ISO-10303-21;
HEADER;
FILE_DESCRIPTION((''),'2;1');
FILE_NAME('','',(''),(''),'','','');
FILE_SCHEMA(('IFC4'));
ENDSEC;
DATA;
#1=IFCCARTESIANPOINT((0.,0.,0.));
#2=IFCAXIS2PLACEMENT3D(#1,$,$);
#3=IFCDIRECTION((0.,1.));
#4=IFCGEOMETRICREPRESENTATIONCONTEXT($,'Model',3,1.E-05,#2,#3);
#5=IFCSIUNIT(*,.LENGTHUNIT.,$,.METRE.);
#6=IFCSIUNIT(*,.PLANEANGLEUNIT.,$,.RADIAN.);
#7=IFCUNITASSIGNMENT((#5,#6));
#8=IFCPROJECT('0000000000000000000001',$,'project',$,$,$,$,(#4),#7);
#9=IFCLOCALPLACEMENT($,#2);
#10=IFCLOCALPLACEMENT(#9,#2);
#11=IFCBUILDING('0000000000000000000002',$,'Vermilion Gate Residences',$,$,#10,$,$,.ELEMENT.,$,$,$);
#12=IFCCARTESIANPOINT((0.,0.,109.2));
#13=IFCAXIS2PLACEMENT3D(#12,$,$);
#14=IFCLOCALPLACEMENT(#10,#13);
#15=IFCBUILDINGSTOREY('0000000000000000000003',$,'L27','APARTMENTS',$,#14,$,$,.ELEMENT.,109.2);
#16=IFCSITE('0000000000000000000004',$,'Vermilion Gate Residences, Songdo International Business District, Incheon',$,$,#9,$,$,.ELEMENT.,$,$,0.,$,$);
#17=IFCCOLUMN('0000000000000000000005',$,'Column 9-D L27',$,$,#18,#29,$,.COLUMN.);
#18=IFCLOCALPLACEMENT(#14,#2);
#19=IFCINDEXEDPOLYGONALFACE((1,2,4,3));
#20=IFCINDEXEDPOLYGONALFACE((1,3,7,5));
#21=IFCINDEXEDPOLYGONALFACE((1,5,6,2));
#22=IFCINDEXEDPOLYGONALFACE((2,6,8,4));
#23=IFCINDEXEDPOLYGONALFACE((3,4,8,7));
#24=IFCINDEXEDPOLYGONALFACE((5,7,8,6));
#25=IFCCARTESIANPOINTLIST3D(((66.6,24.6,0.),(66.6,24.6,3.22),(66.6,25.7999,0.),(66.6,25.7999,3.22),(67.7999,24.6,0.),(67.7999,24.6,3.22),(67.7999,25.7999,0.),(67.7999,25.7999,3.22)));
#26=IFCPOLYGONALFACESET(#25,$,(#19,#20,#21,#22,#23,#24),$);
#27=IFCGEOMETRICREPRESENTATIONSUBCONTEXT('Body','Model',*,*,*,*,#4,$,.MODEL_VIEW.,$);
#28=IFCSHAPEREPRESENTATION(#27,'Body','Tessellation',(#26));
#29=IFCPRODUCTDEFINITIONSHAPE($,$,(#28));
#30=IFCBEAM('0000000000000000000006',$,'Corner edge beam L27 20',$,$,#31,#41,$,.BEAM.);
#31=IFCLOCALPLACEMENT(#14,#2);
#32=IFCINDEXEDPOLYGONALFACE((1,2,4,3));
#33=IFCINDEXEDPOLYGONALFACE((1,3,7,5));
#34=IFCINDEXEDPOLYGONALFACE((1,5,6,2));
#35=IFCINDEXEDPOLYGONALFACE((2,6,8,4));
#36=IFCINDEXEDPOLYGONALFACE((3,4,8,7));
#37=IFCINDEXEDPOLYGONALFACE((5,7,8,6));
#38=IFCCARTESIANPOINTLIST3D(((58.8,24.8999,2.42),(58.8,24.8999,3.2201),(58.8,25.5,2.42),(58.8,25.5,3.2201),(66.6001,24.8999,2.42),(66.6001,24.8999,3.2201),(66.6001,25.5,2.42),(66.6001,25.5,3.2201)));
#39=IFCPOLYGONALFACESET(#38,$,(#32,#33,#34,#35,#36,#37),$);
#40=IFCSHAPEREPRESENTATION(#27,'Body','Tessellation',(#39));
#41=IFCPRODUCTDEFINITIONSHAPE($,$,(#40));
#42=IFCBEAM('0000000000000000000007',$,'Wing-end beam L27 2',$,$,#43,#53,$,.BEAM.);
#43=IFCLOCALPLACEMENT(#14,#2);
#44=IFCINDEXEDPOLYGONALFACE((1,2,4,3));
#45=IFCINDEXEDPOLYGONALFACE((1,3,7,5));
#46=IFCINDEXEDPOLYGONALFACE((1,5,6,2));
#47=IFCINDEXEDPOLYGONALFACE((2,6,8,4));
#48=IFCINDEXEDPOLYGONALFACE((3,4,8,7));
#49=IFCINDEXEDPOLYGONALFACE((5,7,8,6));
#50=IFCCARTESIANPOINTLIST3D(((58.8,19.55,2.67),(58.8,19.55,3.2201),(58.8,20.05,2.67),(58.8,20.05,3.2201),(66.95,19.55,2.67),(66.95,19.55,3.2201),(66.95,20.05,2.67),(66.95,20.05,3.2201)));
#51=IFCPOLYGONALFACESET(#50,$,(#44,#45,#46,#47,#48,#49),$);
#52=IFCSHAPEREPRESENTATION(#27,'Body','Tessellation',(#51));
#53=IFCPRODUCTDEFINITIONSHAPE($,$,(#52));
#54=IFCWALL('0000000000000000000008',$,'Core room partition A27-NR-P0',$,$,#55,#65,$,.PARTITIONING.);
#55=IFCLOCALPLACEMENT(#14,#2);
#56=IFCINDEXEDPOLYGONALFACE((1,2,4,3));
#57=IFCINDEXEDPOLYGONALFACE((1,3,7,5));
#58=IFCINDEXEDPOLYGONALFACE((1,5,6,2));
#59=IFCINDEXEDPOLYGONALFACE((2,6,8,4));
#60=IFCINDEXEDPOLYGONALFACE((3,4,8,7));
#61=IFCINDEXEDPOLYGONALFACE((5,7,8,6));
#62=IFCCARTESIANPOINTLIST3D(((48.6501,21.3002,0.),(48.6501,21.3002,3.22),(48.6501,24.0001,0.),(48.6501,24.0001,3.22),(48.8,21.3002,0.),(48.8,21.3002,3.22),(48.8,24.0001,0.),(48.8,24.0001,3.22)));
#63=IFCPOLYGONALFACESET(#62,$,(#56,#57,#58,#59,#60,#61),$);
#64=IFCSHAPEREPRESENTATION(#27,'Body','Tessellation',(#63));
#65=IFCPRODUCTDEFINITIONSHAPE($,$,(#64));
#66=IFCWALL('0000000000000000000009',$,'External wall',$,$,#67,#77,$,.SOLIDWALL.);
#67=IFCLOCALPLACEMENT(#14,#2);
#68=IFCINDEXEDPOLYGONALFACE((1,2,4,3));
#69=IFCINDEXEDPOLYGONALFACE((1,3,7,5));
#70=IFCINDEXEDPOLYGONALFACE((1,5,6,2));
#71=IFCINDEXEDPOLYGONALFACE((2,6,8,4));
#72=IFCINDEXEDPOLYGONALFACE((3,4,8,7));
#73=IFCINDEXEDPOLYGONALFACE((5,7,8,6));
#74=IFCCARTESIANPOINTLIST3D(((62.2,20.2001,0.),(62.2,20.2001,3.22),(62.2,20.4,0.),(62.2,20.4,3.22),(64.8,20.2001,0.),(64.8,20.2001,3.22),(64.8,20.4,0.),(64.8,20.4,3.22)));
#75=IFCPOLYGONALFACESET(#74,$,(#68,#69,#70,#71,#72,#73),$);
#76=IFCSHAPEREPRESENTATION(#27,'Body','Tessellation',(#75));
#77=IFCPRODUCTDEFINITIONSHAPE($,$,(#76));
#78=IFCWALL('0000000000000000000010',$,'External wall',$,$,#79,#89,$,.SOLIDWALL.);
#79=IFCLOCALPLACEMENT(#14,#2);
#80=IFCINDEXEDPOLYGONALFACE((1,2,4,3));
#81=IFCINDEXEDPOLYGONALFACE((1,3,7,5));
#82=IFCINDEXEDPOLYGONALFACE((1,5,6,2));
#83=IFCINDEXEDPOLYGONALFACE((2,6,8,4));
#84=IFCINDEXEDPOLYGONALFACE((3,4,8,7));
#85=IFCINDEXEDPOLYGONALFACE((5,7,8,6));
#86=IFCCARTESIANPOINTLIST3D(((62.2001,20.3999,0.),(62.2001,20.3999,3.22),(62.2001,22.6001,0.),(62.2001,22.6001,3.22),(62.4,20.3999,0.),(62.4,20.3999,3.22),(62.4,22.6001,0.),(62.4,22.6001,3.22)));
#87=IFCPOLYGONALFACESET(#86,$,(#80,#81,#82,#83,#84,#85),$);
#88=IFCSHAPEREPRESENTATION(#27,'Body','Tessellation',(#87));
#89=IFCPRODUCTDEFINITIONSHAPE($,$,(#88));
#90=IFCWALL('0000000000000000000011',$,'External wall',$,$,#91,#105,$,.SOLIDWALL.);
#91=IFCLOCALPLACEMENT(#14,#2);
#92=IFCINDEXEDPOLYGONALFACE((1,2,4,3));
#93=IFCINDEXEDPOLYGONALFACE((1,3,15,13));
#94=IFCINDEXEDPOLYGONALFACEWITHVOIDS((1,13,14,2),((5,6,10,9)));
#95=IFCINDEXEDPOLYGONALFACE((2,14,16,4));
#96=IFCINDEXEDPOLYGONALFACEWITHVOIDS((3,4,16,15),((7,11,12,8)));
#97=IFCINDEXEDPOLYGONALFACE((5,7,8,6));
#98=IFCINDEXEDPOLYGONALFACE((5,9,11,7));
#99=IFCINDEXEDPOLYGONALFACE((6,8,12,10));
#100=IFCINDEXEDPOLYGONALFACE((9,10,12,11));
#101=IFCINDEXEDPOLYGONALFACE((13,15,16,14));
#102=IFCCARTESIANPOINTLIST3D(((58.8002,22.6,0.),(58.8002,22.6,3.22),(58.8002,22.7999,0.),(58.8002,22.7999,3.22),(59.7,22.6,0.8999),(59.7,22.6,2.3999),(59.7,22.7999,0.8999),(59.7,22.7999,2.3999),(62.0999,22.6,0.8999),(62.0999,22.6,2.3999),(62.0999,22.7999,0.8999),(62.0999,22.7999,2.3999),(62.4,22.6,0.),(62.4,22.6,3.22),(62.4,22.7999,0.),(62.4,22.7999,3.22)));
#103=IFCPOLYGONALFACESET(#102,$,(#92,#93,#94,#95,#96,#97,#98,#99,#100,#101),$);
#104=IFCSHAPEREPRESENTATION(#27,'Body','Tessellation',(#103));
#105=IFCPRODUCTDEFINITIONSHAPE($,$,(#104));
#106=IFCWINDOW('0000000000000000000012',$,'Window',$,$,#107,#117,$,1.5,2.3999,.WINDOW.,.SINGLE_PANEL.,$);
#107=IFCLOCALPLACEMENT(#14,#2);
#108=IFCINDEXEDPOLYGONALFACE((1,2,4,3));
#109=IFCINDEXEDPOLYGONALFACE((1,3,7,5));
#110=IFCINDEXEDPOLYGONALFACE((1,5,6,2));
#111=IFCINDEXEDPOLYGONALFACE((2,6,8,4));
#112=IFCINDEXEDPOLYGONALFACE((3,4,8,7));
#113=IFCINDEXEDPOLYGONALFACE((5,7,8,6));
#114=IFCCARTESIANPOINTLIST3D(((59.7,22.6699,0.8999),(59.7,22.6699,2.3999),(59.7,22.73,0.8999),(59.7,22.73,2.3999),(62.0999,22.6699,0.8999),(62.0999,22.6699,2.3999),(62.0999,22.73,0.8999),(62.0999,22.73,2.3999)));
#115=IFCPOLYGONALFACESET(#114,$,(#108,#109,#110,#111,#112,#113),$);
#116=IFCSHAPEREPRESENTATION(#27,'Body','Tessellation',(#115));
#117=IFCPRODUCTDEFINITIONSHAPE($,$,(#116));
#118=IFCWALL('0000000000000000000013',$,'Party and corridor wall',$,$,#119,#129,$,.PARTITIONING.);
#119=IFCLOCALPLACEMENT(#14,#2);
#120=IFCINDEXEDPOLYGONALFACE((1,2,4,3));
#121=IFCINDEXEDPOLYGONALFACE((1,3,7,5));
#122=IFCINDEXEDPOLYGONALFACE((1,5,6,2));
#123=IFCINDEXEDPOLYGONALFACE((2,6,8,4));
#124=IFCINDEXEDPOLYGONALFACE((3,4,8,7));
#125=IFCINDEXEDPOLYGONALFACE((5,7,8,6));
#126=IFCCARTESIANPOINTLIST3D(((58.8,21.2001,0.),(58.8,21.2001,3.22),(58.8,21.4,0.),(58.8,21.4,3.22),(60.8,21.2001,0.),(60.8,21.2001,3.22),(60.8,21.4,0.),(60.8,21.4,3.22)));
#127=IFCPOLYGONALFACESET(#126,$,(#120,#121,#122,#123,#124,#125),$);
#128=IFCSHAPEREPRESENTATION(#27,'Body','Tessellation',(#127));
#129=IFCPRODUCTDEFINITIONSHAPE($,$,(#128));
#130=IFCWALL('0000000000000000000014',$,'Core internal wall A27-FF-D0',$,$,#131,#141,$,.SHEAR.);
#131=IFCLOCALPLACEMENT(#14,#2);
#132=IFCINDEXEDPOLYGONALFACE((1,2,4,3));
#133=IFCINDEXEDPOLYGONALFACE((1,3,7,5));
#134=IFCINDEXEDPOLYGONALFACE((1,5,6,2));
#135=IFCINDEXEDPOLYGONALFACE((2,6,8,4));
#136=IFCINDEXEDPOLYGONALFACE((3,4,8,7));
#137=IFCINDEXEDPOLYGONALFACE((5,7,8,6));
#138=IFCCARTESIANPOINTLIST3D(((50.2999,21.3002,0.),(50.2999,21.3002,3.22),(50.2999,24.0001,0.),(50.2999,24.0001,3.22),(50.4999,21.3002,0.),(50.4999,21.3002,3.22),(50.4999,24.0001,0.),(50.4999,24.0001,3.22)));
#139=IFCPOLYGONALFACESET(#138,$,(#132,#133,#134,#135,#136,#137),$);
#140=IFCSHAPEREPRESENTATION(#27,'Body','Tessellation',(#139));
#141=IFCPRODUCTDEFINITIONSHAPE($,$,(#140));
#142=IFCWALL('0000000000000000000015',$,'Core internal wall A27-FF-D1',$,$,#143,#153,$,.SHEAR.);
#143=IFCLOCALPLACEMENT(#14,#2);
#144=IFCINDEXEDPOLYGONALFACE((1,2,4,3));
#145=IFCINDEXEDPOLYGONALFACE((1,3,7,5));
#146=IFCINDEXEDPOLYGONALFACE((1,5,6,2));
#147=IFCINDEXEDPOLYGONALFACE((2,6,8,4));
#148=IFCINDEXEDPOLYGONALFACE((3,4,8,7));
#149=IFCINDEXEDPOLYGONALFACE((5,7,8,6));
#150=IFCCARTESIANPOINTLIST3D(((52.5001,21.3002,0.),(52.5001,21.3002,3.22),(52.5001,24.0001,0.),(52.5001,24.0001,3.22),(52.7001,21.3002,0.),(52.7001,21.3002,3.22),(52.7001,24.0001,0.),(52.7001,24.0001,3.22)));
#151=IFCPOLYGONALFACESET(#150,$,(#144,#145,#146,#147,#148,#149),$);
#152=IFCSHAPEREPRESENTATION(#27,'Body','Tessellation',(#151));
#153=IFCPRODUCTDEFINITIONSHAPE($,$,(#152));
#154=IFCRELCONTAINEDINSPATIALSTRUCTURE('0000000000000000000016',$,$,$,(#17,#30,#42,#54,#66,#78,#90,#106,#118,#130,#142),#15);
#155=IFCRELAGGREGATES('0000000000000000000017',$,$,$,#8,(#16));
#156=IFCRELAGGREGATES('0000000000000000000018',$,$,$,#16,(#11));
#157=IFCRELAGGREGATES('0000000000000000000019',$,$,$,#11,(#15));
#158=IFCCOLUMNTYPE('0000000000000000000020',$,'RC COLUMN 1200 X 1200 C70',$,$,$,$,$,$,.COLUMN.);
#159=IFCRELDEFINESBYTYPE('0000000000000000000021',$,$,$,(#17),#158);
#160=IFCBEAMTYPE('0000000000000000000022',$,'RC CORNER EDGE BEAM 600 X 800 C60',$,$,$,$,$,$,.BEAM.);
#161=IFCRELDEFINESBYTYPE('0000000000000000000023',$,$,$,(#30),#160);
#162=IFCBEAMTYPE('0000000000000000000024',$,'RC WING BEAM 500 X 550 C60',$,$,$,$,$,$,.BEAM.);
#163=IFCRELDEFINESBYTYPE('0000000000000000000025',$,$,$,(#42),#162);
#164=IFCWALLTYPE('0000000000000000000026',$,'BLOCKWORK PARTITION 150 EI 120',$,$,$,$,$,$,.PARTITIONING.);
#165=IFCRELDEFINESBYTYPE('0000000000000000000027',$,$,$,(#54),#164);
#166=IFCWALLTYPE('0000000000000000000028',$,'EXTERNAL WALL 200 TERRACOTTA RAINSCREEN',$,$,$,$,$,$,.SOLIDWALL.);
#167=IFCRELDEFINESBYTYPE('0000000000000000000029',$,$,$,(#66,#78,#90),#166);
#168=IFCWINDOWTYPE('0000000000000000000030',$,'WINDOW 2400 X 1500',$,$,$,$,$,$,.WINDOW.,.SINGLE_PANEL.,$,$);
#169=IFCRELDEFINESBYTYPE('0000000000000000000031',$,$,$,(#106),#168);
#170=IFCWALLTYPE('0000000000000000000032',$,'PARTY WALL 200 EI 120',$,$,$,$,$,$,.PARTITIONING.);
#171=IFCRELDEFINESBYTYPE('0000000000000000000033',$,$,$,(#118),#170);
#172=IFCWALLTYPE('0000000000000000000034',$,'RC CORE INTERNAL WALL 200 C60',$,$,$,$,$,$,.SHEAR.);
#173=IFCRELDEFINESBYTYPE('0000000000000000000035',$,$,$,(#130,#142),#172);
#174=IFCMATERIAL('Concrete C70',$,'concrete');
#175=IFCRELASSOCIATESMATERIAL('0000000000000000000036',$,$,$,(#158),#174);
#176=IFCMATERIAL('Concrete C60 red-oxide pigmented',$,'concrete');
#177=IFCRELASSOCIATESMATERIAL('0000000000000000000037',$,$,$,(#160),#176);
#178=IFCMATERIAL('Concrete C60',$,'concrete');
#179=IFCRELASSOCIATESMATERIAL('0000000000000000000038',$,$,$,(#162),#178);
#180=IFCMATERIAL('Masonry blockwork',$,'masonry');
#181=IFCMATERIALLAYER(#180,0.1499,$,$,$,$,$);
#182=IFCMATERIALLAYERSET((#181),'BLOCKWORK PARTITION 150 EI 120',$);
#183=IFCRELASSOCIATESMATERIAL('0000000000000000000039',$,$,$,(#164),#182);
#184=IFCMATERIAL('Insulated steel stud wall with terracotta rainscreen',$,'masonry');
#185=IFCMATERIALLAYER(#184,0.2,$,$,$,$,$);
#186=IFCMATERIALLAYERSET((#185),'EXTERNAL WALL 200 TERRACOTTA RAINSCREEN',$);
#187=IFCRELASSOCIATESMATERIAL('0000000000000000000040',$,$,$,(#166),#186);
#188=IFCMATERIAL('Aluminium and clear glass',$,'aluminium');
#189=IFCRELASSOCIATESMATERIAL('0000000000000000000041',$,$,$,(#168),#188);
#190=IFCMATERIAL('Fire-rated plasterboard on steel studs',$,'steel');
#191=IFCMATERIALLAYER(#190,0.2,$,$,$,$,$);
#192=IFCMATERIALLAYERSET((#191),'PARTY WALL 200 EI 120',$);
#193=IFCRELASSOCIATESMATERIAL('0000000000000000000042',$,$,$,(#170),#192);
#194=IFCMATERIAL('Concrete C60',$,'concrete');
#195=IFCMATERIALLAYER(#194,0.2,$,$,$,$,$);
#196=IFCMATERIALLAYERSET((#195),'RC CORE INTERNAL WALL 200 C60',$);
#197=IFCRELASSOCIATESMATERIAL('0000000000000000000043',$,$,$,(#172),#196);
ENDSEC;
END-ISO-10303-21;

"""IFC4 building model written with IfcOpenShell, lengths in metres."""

from ifc_helpers import new_model, si_unit, direction, frame, frame_2d, origin, origin_2d, place, context, subcontext, project, spatial, rectangle, extrude, material, layer, layer_set, material_profile, profile_set, type_object, element, fill, save


model = new_model("IFC4")

# Units and contexts
model_context = context("Model", 3, precision=1e-05, world=origin(), true_north=direction((0.0, 1.0)))
body_context = subcontext(model_context, "Body", "Model", "MODEL_VIEW")
ifc_project = project(units=[si_unit("LENGTHUNIT", "METRE"), si_unit("PLANEANGLEUNIT", "RADIAN")], contexts=[model_context])

# Site, building, storey
site_placement = place(None, origin())
site = spatial("IfcSite", under=ifc_project, at=site_placement, Name="Vermilion Gate Residences, Songdo International Business District, Incheon", CompositionType="ELEMENT", RefElevation=0.0)
building_placement = place(site_placement, origin())
building = spatial("IfcBuilding", under=site, at=building_placement, Name="Vermilion Gate Residences", CompositionType="ELEMENT")
storey_placement = place(building_placement, frame((0.0, 0.0, 109.2)))
storey = spatial("IfcBuildingStorey", under=building, at=storey_placement, Name="L27", Description="APARTMENTS", CompositionType="ELEMENT", Elevation=109.2)

# Column
ifc_material_1 = material(Name="Concrete C70", Category="concrete")
ifc_material_profile_1 = material_profile(ifc_material_1, rectangle(XDim=1.2, YDim=1.2, at=origin_2d()), Name="RC-1200x1200")
ifc_profile_set_1 = profile_set([ifc_material_profile_1], Name="Concrete C70")
column_type = type_object("IfcColumnType", Name="RC COLUMN 1200 X 1200 C70", PredefinedType="COLUMN", material=ifc_profile_set_1)
column_placement = place(storey_placement, frame((67.2, 25.2, 0.0), z_axis=(0.0, 0.0, 1.0), x_axis=(1.0, 0.0, 0.0)))
element("IfcColumn", 1, at=column_placement, inside=storey, type_object=column_type, Name="Column 9-D L27", PredefinedType="COLUMN", context=body_context, shape_type="SweptSolid", body=[
    extrude(rectangle(XDim=1.2, YDim=1.2, at=origin_2d()), origin(), (0.0, 0.0, 1.0), 3.22),
])

# Beams
ifc_material_2 = material(Name="Concrete C60 red-oxide pigmented", Category="concrete")
ifc_material_profile_2 = material_profile(ifc_material_2, rectangle(XDim=0.6001, YDim=0.8, at=origin_2d()), Name="RC-600x800")
ifc_profile_set_2 = profile_set([ifc_material_profile_2], Name="Concrete C60 red-oxide pigmented")
beam_type_1 = type_object("IfcBeamType", Name="RC CORNER EDGE BEAM 600 X 800 C60", PredefinedType="BEAM", material=ifc_profile_set_2)
beam_1_placement = place(storey_placement, frame((58.8, 25.2, 2.8201), z_axis=(1.0, 0.0, 0.0), x_axis=(0.0, 1.0, 0.0)))
element("IfcBeam", 2, at=beam_1_placement, inside=storey, type_object=beam_type_1, Name="Corner edge beam L27 20", PredefinedType="BEAM", context=body_context, shape_type="SweptSolid", body=[
    extrude(rectangle(XDim=0.6001, YDim=0.8, at=origin_2d()), origin(), (0.0, 0.0, 1.0), 7.8),
])
ifc_material_3 = material(Name="Concrete C60", Category="concrete")
ifc_material_profile_3 = material_profile(ifc_material_3, rectangle(XDim=0.5, YDim=0.55, at=origin_2d()), Name="RC-500x550")
ifc_profile_set_3 = profile_set([ifc_material_profile_3], Name="Concrete C60")
beam_type_2 = type_object("IfcBeamType", Name="RC WING BEAM 500 X 550 C60", PredefinedType="BEAM", material=ifc_profile_set_3)
beam_2_placement = place(storey_placement, frame((58.8, 19.8, 2.9451), z_axis=(1.0, 0.0, 0.0), x_axis=(0.0, 1.0, 0.0)))
element("IfcBeam", 3, at=beam_2_placement, inside=storey, type_object=beam_type_2, Name="Wing-end beam L27 2", PredefinedType="BEAM", context=body_context, shape_type="SweptSolid", body=[
    extrude(rectangle(XDim=0.5, YDim=0.55, at=origin_2d()), origin(), (0.0, 0.0, 1.0), 8.1499),
])

# Walls
ifc_material_4 = material(Name="Masonry blockwork", Category="masonry")
ifc_layer_1 = layer(ifc_material_4, 0.1499)
ifc_layer_set_1 = layer_set([ifc_layer_1], Name="BLOCKWORK PARTITION 150 EI 120")
wall_type_1 = type_object("IfcWallType", Name="BLOCKWORK PARTITION 150 EI 120", PredefinedType="PARTITIONING", material=ifc_layer_set_1)
wall_1_placement = place(storey_placement, frame((48.7251, 21.3, 0.0), z_axis=(0.0, 0.0, 1.0), x_axis=(0.0, 1.0, 0.0)))
element("IfcWall", 4, at=wall_1_placement, inside=storey, type_object=wall_type_1, Name="Core room partition A27-NR-P0", PredefinedType="PARTITIONING", context=body_context, shape_type="SweptSolid", body=[
    extrude(rectangle(XDim=2.7, YDim=0.1499, at=frame_2d((1.3501, 0.0))), origin(), (0.0, 0.0, 1.0), 3.22),
])
ifc_material_5 = material(Name="Insulated steel stud wall with terracotta rainscreen", Category="masonry")
ifc_layer_2 = layer(ifc_material_5, 0.2)
ifc_layer_set_2 = layer_set([ifc_layer_2], Name="EXTERNAL WALL 200 TERRACOTTA RAINSCREEN")
wall_type_2 = type_object("IfcWallType", Name="EXTERNAL WALL 200 TERRACOTTA RAINSCREEN", PredefinedType="SOLIDWALL", material=ifc_layer_set_2)
wall_2_placement = place(storey_placement, frame((64.8, 20.3, 0.0), z_axis=(0.0, 0.0, 1.0), x_axis=(-1.0, 0.0, 0.0)))
element("IfcWall", 5, at=wall_2_placement, inside=storey, type_object=wall_type_2, Name="External wall", PredefinedType="SOLIDWALL", context=body_context, shape_type="SweptSolid", body=[
    extrude(rectangle(XDim=2.6001, YDim=0.2, at=frame_2d((1.3, 0.0))), origin(), (0.0, 0.0, 1.0), 3.22),
])
wall_3_placement = place(storey_placement, frame((62.3, 20.3999, 0.0), z_axis=(0.0, 0.0, 1.0), x_axis=(0.0, 1.0, 0.0)))
element("IfcWall", 6, at=wall_3_placement, inside=storey, type_object=wall_type_2, Name="External wall", PredefinedType="SOLIDWALL", context=body_context, shape_type="SweptSolid", body=[
    extrude(rectangle(XDim=2.2002, YDim=0.2, at=frame_2d((1.1001, 0.0))), origin(), (0.0, 0.0, 1.0), 3.22),
])

# Wall, opening, window
wall_4_placement = place(storey_placement, frame((62.3999, 22.7, 0.0), z_axis=(0.0, 0.0, 1.0), x_axis=(-1.0, 0.0, 0.0)))
wall_4 = element("IfcWall", 7, at=wall_4_placement, inside=storey, type_object=wall_type_2, Name="External wall", PredefinedType="SOLIDWALL", context=body_context, shape_type="SweptSolid", body=[
    extrude(rectangle(XDim=3.5999, YDim=0.2, at=frame_2d((1.7998, 0.0))), origin(), (0.0, 0.0, 1.0), 3.22),
])
opening_1_placement = place(wall_4_placement, frame((0.3, 0.0, 0.8999)))
opening_1 = element("IfcOpeningElement", 8, at=opening_1_placement, cuts=wall_4, PredefinedType="OPENING", context=body_context, shape_type="SweptSolid", body=[
    extrude(rectangle(XDim=2.3999, YDim=1.5, at=frame_2d((1.2, 0.75))), frame((0.0, 0.1099, 0.0), z_axis=(0.0, -1.0, 0.0), x_axis=(1.0, 0.0, 0.0)), (0.0, 0.0, 1.0), 0.22),
])
ifc_material_6 = material(Name="Aluminium and clear glass", Category="aluminium")
window_type = type_object("IfcWindowType", Name="WINDOW 2400 X 1500", PartitioningType="SINGLE_PANEL", PredefinedType="WINDOW", material=ifc_material_6)
window_placement = place(opening_1_placement, origin())
window = element("IfcWindow", 9, at=window_placement, inside=storey, type_object=window_type, Name="Window", OverallHeight=1.5, OverallWidth=2.3999, PartitioningType="SINGLE_PANEL", PredefinedType="WINDOW", context=body_context, shape_type="SweptSolid", body=[
    extrude(rectangle(XDim=2.3999, YDim=1.5, at=frame_2d((1.2, 0.75))), frame((0.0, 0.03, 0.0), z_axis=(0.0, -1.0, 0.0), x_axis=(1.0, 0.0, 0.0)), (0.0, 0.0, 1.0), 0.0601),
])
fill(opening_1, window)

# Walls
ifc_material_7 = material(Name="Fire-rated plasterboard on steel studs", Category="steel")
ifc_layer_3 = layer(ifc_material_7, 0.2)
ifc_layer_set_3 = layer_set([ifc_layer_3], Name="PARTY WALL 200 EI 120")
wall_type_3 = type_object("IfcWallType", Name="PARTY WALL 200 EI 120", PredefinedType="PARTITIONING", material=ifc_layer_set_3)
wall_5_placement = place(storey_placement, frame((58.8, 21.3, 0.0), z_axis=(0.0, 0.0, 1.0), x_axis=(1.0, 0.0, 0.0)))
element("IfcWall", 10, at=wall_5_placement, inside=storey, type_object=wall_type_3, Name="Party and corridor wall", PredefinedType="PARTITIONING", context=body_context, shape_type="SweptSolid", body=[
    extrude(rectangle(XDim=2.0, YDim=0.2, at=frame_2d((1.0, 0.0))), origin(), (0.0, 0.0, 1.0), 3.22),
])
ifc_material_8 = material(Name="Concrete C60", Category="concrete")
ifc_layer_4 = layer(ifc_material_8, 0.2)
ifc_layer_set_4 = layer_set([ifc_layer_4], Name="RC CORE INTERNAL WALL 200 C60")
wall_type_4 = type_object("IfcWallType", Name="RC CORE INTERNAL WALL 200 C60", PredefinedType="SHEAR", material=ifc_layer_set_4)
for number, where, z_axis, x_axis, name in (
    (11, (50.3999, 21.3, 0.0), (0.0, 0.0, 1.0), (0.0, 1.0, 0.0), "Core internal wall A27-FF-D0"),
    (12, (52.6001, 21.3, 0.0), (0.0, 0.0, 1.0), (0.0, 1.0, 0.0), "Core internal wall A27-FF-D1"),
):
    element("IfcWall", number, at=place(storey_placement, frame(where, z_axis=z_axis, x_axis=x_axis)), inside=storey, type_object=wall_type_4, Name=name, PredefinedType="SHEAR", context=body_context, shape_type="SweptSolid", body=[
        extrude(rectangle(XDim=2.7, YDim=0.2, at=frame_2d((1.3501, 0.0))), origin(), (0.0, 0.0, 1.0), 3.22),
    ])

save(model, "model.ifc")
